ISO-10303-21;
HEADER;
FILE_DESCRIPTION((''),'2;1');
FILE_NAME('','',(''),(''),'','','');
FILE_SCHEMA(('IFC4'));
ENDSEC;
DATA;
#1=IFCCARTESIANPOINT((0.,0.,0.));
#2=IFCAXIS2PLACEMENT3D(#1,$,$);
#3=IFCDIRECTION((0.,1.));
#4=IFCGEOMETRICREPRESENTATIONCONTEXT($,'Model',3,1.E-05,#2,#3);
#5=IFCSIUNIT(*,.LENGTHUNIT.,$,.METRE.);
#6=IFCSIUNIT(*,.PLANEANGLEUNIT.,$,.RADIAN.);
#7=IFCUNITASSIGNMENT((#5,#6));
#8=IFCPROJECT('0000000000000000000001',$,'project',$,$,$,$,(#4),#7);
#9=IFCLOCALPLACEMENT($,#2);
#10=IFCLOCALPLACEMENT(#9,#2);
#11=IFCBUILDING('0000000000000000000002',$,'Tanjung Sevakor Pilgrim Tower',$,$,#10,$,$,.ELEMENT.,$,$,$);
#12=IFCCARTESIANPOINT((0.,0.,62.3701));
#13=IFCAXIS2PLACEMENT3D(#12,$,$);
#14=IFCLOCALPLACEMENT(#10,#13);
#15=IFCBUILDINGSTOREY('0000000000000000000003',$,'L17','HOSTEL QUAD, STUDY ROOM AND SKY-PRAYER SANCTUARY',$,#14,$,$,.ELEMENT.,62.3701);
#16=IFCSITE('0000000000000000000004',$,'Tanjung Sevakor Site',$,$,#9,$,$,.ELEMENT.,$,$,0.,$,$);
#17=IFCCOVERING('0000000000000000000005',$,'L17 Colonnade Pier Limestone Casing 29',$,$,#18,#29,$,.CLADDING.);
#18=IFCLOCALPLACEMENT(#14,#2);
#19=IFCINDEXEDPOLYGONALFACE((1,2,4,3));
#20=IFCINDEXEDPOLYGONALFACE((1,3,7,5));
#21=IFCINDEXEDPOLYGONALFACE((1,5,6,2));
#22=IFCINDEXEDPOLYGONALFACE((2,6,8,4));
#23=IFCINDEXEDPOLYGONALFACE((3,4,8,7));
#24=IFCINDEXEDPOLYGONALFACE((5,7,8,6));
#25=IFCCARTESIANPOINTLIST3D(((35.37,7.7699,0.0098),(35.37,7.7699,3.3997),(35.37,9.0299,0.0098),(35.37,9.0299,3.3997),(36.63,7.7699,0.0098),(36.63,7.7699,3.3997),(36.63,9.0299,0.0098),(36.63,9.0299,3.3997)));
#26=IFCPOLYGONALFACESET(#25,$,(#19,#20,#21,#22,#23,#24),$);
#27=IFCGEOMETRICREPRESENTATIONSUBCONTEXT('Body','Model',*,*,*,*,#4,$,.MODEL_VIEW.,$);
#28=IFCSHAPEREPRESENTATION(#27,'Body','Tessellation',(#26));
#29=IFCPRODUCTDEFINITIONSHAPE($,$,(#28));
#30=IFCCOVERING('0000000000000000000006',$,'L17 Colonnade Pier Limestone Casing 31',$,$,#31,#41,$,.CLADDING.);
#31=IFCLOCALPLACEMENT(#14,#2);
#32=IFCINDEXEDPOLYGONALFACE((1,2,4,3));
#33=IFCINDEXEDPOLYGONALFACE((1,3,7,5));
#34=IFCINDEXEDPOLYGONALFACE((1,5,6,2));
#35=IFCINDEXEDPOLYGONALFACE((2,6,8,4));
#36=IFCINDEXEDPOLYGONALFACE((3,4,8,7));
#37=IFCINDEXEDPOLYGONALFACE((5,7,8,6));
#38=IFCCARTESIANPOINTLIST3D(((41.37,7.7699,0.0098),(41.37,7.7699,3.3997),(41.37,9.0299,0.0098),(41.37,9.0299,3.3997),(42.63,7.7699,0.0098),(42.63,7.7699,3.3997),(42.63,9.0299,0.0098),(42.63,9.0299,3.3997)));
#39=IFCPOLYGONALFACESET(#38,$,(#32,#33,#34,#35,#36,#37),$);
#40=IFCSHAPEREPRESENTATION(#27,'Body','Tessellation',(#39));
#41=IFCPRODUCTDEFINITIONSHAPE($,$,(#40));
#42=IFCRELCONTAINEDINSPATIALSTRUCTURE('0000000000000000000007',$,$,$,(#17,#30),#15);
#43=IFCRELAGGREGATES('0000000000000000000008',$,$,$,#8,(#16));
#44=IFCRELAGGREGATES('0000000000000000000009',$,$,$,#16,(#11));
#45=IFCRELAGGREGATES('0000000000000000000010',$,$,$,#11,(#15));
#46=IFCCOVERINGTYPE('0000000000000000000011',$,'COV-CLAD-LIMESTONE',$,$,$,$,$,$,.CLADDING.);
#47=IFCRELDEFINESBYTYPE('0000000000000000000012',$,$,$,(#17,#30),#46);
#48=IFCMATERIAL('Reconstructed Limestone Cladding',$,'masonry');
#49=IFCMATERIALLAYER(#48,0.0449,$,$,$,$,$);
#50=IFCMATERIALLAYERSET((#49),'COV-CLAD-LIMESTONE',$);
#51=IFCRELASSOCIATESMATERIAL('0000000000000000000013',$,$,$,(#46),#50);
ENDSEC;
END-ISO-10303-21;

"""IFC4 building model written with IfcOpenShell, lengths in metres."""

from ifc_helpers import new_model, si_unit, direction, frame, origin, origin_2d, place, context, subcontext, project, spatial, rectangle, extrude, material, layer, layer_set, type_object, element, save


model = new_model("IFC4")

# Units and contexts
model_context = context("Model", 3, precision=1e-05, world=origin(), true_north=direction((0.0, 1.0)))
body_context = subcontext(model_context, "Body", "Model", "MODEL_VIEW")
ifc_project = project(units=[si_unit("LENGTHUNIT", "METRE"), si_unit("PLANEANGLEUNIT", "RADIAN")], contexts=[model_context])

# Site, building, storey
site_placement = place(None, origin())
site = spatial("IfcSite", under=ifc_project, at=site_placement, Name="Tanjung Sevakor Site", CompositionType="ELEMENT", RefElevation=0.0)
building_placement = place(site_placement, origin())
building = spatial("IfcBuilding", under=site, at=building_placement, Name="Tanjung Sevakor Pilgrim Tower", CompositionType="ELEMENT")
storey_placement = place(building_placement, frame((0.0, 0.0, 62.3701)))
storey = spatial("IfcBuildingStorey", under=building, at=storey_placement, Name="L17", Description="HOSTEL QUAD, STUDY ROOM AND SKY-PRAYER SANCTUARY", CompositionType="ELEMENT", Elevation=62.3701)

# Coverings
ifc_material_1 = material(Name="Reconstructed Limestone Cladding", Category="masonry")
ifc_layer_1 = layer(ifc_material_1, 0.0449)
ifc_layer_set_1 = layer_set([ifc_layer_1], Name="COV-CLAD-LIMESTONE")
covering_type = type_object("IfcCoveringType", Name="COV-CLAD-LIMESTONE", PredefinedType="CLADDING", material=ifc_layer_set_1)
for number, where, z_axis, x_axis, name in (
    (1, (36.0, 8.3999, 0.0098), (0.0, 0.0, 1.0), (1.0, 0.0, 0.0), "L17 Colonnade Pier Limestone Casing 29"),
    (2, (42.0, 8.3999, 0.0098), (0.0, 0.0, 1.0), (1.0, 0.0, 0.0), "L17 Colonnade Pier Limestone Casing 31"),
):
    element("IfcCovering", number, at=place(storey_placement, frame(where, z_axis=z_axis, x_axis=x_axis)), inside=storey, type_object=covering_type, Name=name, PredefinedType="CLADDING", context=body_context, shape_type="SweptSolid", body=[
        extrude(rectangle(XDim=1.26, YDim=1.26, at=origin_2d()), origin(), (0.0, 0.0, 1.0), 3.3899),
    ])

save(model, "model.ifc")
